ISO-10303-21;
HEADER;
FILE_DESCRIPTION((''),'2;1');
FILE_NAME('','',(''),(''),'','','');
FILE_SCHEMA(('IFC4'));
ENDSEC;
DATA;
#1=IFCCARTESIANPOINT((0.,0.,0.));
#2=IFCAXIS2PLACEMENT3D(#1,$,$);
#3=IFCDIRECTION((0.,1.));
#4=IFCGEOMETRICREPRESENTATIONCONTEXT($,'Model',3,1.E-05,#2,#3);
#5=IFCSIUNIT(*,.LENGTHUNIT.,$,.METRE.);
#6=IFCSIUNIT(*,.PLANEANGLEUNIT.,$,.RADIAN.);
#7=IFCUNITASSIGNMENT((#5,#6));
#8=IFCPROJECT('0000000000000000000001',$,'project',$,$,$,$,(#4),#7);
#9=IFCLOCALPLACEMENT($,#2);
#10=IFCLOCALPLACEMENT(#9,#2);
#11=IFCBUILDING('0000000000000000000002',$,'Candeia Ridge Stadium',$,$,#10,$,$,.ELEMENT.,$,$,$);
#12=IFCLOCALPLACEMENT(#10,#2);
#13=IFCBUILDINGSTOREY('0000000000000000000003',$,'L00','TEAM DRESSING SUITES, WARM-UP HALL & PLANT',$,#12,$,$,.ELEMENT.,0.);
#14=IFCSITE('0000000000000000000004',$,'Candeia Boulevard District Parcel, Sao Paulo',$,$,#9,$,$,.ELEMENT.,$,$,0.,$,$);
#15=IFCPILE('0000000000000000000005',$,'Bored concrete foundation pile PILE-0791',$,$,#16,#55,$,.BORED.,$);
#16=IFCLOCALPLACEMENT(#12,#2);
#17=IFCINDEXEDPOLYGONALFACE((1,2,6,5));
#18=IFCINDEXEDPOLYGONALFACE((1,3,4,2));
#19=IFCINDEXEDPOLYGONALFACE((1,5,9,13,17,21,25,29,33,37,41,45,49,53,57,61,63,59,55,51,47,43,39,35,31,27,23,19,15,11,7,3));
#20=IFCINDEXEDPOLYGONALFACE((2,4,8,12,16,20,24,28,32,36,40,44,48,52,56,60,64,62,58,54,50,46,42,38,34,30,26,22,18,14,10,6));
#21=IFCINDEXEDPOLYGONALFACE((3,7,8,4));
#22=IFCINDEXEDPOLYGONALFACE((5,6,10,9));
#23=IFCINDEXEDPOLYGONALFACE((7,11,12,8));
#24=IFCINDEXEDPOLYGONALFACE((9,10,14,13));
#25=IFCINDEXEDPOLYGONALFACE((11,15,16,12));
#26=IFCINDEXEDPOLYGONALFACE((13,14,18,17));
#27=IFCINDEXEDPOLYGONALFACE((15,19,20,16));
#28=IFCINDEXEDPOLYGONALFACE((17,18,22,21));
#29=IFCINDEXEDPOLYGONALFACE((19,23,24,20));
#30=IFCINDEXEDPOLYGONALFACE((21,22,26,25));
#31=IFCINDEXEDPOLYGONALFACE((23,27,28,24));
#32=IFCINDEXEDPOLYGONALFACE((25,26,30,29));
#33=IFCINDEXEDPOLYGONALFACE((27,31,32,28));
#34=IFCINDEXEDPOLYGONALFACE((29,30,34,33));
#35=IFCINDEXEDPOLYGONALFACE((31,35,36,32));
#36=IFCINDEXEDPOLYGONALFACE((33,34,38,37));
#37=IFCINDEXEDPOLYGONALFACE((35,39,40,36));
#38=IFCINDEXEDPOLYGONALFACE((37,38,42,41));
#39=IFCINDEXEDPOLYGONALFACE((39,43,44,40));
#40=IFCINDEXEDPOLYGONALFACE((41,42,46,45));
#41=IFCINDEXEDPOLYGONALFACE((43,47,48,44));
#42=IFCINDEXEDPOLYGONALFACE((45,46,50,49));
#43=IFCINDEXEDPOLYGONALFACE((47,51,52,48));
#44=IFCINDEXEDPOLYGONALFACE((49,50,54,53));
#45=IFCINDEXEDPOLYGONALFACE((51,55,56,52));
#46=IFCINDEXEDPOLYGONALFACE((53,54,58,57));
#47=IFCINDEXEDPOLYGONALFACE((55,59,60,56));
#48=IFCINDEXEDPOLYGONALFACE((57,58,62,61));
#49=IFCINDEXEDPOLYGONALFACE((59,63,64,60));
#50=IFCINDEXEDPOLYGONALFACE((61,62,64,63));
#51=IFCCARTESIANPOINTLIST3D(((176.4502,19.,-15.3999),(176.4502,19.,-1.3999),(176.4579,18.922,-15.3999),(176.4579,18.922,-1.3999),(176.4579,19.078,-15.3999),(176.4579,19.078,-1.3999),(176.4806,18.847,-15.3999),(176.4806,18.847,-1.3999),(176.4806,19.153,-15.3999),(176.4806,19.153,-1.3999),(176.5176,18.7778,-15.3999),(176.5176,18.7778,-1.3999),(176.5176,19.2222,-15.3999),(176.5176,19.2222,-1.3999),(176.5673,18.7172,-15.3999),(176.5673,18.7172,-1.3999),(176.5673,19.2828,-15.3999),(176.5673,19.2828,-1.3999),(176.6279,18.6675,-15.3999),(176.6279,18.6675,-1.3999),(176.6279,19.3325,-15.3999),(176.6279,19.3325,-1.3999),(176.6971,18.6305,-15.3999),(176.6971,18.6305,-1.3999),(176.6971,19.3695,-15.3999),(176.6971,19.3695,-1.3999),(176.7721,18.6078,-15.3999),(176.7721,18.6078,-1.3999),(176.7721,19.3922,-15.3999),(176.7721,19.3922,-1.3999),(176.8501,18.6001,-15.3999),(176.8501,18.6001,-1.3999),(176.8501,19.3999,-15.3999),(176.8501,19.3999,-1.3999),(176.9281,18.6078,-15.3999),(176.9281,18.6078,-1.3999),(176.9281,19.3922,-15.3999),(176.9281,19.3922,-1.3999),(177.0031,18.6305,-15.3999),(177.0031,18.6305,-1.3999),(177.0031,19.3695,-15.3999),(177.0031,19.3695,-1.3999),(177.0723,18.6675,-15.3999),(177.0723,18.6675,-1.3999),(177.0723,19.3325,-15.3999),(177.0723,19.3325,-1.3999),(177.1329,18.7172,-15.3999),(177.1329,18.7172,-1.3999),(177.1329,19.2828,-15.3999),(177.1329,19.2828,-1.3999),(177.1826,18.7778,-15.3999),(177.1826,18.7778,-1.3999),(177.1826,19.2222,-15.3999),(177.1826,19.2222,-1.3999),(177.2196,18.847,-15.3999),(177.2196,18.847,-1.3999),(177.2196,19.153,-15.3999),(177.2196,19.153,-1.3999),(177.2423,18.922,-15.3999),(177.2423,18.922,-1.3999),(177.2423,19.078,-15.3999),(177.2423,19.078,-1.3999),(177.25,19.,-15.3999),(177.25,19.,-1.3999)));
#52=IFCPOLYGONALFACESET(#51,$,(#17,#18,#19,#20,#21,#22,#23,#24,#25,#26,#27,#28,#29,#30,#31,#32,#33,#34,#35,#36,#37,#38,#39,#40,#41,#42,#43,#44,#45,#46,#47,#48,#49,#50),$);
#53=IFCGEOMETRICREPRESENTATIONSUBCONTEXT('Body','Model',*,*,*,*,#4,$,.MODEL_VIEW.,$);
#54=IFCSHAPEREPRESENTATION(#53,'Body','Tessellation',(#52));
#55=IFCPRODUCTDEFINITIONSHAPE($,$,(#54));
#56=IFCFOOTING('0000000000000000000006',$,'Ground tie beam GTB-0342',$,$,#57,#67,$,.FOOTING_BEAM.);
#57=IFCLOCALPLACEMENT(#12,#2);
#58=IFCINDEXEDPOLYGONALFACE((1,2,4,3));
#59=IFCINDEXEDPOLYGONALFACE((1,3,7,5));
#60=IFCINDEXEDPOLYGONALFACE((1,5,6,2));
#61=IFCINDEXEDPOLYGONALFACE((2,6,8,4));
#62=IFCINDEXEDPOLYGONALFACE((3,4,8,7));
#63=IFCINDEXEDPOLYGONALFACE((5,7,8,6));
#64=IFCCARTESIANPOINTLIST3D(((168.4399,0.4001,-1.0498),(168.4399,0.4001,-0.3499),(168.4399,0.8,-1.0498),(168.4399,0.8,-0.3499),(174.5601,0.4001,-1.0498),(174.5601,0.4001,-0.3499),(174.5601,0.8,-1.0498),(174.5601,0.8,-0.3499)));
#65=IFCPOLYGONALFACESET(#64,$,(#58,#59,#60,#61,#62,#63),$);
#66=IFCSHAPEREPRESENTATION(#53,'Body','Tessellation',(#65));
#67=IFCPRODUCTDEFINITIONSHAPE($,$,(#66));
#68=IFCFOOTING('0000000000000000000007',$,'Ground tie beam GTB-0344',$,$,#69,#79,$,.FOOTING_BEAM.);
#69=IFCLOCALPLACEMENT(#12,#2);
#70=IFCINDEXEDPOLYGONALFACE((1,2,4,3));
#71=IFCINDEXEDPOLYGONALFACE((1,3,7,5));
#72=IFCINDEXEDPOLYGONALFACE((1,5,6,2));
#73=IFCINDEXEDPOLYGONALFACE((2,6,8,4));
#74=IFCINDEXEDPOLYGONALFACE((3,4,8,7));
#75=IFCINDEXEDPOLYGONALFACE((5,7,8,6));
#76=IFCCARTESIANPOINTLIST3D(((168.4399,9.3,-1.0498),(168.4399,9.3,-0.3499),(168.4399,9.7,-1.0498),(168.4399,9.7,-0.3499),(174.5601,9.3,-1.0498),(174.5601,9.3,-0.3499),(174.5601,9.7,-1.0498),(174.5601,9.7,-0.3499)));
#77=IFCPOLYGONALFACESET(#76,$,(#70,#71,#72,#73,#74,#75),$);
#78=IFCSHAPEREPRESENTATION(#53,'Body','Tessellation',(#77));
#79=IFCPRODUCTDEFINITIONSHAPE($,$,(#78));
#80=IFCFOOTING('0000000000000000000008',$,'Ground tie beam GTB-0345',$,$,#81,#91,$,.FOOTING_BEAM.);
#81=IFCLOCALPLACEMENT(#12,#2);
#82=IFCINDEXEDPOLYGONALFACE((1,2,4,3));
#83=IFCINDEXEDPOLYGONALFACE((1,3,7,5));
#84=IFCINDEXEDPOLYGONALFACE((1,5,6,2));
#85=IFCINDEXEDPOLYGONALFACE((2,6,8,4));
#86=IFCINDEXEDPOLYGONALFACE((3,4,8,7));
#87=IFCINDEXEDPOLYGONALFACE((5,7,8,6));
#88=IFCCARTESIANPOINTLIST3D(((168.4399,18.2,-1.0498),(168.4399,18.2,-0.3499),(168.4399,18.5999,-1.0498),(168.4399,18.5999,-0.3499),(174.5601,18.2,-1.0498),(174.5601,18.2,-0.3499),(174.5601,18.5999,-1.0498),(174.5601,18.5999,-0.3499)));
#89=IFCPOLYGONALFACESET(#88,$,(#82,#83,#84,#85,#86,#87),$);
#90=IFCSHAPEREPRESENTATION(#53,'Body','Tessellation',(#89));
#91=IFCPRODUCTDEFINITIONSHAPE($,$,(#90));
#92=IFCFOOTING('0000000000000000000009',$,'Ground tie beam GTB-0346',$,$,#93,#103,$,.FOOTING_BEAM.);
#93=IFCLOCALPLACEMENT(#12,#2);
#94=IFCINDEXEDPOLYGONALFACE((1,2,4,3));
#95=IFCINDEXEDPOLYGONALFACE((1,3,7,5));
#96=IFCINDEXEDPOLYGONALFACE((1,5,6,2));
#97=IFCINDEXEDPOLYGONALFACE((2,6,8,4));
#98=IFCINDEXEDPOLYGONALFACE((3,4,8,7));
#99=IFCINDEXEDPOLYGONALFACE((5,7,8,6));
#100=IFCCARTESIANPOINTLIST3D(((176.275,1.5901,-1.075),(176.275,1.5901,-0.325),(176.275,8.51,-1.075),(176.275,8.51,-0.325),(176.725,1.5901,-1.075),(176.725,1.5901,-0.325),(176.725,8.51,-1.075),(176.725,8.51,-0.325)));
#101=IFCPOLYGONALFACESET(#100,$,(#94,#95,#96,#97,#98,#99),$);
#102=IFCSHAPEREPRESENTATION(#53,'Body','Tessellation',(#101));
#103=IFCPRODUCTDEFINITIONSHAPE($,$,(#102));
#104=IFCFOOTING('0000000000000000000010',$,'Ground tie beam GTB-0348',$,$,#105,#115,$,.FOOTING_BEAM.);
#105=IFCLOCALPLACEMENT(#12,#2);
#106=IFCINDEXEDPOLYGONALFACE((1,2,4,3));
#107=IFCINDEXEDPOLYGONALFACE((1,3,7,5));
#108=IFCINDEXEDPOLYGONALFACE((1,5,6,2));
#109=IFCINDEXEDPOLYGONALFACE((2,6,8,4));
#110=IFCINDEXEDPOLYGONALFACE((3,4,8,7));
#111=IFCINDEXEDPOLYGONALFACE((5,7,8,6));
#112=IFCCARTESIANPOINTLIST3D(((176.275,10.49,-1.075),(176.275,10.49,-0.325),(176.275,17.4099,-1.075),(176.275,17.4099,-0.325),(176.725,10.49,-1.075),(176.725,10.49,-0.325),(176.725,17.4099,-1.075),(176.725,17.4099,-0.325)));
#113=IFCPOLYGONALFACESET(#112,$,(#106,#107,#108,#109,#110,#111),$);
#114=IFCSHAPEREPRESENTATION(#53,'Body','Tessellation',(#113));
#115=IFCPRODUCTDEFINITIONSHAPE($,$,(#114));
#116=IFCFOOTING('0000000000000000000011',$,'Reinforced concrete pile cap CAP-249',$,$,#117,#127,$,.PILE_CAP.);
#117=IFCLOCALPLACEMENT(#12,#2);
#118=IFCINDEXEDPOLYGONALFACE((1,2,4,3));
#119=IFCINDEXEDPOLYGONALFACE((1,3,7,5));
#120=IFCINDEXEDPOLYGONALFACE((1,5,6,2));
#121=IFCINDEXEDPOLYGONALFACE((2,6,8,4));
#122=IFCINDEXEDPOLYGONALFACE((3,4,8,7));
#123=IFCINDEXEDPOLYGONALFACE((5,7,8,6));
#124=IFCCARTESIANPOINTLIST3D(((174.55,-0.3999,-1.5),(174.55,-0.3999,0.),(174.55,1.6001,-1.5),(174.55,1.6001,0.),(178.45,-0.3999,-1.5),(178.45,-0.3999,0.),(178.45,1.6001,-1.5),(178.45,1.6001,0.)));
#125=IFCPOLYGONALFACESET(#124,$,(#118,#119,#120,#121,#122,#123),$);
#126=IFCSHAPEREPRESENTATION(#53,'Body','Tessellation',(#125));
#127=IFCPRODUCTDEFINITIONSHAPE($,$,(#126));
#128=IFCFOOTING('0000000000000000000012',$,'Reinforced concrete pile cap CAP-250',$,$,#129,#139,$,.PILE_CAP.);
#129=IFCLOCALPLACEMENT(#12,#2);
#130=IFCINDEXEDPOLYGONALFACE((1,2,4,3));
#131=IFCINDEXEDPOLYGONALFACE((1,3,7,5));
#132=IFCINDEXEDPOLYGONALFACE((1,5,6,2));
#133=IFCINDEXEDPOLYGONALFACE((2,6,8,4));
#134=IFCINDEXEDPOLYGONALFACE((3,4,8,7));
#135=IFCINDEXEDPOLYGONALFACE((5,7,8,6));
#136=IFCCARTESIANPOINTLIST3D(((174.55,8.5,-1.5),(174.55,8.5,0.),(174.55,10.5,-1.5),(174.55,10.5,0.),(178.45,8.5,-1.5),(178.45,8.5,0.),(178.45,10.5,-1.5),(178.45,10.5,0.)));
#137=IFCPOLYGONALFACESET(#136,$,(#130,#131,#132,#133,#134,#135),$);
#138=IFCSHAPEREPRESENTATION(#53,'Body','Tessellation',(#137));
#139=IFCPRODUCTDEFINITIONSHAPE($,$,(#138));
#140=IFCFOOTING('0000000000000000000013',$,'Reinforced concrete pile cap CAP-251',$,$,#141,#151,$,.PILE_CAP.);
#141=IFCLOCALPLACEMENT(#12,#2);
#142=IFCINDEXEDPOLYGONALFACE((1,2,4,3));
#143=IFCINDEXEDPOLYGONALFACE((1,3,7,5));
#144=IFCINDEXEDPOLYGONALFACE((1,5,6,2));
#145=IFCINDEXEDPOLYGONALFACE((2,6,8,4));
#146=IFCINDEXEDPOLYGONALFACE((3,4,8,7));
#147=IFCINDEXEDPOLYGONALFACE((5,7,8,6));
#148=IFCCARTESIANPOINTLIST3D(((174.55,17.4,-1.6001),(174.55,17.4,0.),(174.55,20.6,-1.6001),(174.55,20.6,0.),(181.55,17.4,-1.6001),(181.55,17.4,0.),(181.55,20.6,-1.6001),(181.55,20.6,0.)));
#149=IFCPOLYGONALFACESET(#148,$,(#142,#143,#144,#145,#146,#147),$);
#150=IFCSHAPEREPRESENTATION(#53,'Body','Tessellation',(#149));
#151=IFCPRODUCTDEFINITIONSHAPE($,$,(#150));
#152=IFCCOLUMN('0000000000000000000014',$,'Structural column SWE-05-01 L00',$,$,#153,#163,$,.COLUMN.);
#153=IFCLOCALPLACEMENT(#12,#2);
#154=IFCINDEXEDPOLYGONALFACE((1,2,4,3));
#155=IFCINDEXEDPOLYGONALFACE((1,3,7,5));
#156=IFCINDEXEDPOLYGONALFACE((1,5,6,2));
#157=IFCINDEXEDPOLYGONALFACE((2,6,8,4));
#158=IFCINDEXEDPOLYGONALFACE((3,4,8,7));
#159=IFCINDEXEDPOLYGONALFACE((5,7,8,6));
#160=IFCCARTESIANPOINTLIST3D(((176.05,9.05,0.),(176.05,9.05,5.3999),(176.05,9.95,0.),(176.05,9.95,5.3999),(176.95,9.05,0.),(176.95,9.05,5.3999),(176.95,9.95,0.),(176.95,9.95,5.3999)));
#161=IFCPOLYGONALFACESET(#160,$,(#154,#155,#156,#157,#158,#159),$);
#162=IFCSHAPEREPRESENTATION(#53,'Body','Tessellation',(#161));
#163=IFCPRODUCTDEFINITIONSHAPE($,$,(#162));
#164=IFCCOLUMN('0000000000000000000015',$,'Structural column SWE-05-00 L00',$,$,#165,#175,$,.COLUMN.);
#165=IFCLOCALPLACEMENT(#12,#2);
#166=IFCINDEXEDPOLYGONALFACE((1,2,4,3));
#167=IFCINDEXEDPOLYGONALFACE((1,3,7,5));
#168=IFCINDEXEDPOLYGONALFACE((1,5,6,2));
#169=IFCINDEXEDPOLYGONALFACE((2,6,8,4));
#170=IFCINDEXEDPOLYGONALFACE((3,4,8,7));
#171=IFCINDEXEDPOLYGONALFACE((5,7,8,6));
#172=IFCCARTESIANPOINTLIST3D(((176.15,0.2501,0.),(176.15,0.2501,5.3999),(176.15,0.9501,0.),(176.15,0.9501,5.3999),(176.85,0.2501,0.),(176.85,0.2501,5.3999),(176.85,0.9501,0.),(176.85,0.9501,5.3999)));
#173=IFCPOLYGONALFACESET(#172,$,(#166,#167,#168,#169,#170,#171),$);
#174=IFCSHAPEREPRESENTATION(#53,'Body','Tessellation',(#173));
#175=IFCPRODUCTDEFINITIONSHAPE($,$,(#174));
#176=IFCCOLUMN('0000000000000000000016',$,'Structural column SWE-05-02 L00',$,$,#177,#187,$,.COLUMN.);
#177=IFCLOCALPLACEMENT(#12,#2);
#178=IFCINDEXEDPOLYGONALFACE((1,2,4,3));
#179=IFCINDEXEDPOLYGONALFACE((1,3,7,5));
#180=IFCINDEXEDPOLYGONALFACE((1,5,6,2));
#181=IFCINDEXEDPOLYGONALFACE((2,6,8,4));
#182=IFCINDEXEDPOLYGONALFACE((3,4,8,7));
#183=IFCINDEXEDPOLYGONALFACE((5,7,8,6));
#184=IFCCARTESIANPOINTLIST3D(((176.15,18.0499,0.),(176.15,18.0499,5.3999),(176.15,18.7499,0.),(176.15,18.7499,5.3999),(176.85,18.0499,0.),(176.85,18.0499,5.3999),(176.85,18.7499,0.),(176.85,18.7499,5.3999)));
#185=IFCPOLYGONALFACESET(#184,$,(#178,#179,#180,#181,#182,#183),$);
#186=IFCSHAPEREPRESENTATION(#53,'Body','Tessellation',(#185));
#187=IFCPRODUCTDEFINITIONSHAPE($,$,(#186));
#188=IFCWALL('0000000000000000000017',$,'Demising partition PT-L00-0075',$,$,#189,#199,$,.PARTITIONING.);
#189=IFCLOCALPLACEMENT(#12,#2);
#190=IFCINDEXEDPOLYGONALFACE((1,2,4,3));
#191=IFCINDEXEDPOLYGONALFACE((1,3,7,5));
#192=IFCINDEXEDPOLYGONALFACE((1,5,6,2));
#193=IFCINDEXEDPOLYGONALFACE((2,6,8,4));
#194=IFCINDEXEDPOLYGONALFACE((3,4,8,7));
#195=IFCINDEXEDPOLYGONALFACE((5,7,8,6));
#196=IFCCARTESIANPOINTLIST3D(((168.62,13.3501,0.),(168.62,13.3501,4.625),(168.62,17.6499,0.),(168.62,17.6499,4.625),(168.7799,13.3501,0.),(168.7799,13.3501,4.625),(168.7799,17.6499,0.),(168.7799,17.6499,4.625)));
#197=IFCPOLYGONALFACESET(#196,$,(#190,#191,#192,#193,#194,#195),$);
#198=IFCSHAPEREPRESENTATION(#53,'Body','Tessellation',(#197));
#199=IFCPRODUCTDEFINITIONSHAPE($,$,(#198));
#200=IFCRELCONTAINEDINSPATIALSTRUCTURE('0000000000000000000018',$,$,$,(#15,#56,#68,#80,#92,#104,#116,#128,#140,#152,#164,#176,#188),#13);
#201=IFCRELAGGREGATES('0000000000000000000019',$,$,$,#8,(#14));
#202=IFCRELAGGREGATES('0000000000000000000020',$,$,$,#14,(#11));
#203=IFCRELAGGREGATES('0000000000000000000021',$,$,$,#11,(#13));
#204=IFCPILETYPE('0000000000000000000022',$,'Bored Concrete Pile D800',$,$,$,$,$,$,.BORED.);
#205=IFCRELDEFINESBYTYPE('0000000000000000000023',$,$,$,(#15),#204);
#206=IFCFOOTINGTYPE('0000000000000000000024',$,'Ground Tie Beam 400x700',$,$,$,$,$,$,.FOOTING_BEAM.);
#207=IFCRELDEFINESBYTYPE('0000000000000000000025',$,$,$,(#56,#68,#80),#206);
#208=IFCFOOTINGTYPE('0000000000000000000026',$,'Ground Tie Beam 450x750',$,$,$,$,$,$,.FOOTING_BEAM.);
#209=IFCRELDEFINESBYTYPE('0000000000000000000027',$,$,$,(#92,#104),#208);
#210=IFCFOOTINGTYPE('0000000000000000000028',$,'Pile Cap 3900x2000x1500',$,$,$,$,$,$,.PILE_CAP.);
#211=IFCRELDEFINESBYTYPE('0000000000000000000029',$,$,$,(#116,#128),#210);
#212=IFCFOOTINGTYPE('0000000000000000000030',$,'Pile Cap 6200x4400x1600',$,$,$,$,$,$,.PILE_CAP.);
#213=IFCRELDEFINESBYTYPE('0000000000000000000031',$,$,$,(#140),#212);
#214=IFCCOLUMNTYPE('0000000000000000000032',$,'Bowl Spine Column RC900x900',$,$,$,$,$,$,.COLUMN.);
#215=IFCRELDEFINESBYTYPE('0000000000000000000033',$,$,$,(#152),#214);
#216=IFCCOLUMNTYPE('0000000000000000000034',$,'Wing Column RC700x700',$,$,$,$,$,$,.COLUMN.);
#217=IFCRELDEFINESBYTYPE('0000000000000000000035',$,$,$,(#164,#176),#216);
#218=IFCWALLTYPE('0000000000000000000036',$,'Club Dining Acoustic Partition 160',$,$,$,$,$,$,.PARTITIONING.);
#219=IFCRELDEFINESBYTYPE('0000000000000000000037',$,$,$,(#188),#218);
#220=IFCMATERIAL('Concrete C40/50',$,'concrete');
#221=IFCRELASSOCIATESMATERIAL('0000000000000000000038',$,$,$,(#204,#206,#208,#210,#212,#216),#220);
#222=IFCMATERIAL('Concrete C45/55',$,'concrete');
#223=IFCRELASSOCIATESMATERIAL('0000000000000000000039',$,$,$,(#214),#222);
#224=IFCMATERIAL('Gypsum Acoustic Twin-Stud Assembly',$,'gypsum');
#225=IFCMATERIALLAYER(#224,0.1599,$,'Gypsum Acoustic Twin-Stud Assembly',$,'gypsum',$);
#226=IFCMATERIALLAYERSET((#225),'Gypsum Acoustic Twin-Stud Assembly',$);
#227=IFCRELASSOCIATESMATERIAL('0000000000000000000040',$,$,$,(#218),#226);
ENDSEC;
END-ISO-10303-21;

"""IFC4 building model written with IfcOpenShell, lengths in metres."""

from ifc_helpers import new_model, si_unit, direction, frame, frame_2d, origin, origin_2d, place, context, subcontext, project, spatial, rectangle, circle, extrude, material, layer, layer_set, material_profile, profile_set, type_object, element, save


model = new_model("IFC4")

# Units and contexts
model_context = context("Model", 3, precision=1e-05, world=origin(), true_north=direction((0.0, 1.0)))
body_context = subcontext(model_context, "Body", "Model", "MODEL_VIEW")
ifc_project = project(units=[si_unit("LENGTHUNIT", "METRE"), si_unit("PLANEANGLEUNIT", "RADIAN")], contexts=[model_context])

# Site, building, storey
site_placement = place(None, origin())
site = spatial("IfcSite", under=ifc_project, at=site_placement, Name="Candeia Boulevard District Parcel, Sao Paulo", CompositionType="ELEMENT", RefElevation=0.0)
building_placement = place(site_placement, origin())
building = spatial("IfcBuilding", under=site, at=building_placement, Name="Candeia Ridge Stadium", CompositionType="ELEMENT")
storey_placement = place(building_placement, origin())
storey = spatial("IfcBuildingStorey", under=building, at=storey_placement, Name="L00", Description="TEAM DRESSING SUITES, WARM-UP HALL & PLANT", CompositionType="ELEMENT", Elevation=0.0)

# Pile
ifc_material_1 = material(Name="Concrete C40/50", Category="concrete")
ifc_material_profile_1 = material_profile(ifc_material_1, circle(Radius=0.3999, at=origin_2d()), Name="PILE-D800", Category="concrete")
ifc_profile_set_1 = profile_set([ifc_material_profile_1], Name="Concrete C40/50")
pile_type = type_object("IfcPileType", Name="Bored Concrete Pile D800", PredefinedType="BORED", material=ifc_profile_set_1)
for number, where, z_axis, x_axis, name in (
    (1, (176.8501, 19.0, -1.3999), (0.0, 0.0, -1.0), (1.0, 0.0, 0.0), "Bored concrete foundation pile PILE-0791"),
):
    element("IfcPile", number, at=place(storey_placement, frame(where, z_axis=z_axis, x_axis=x_axis)), inside=storey, type_object=pile_type, Name=name, PredefinedType="BORED", context=body_context, shape_type="SweptSolid", body=[
        extrude(circle(Radius=0.3999, at=origin_2d()), origin(), (0.0, 0.0, 1.0), 14.0),
    ])

# Footings
footing_type_1 = type_object("IfcFootingType", Name="Ground Tie Beam 400x700", PredefinedType="FOOTING_BEAM", material=ifc_material_1)
for number, where, z_axis, x_axis, name in (
    (2, (171.5, 0.6001, -1.0498), (0.0, 0.0, 1.0), (1.0, 0.0, 0.0), "Ground tie beam GTB-0342"),
    (3, (171.5, 9.5, -1.0498), (0.0, 0.0, 1.0), (1.0, 0.0, 0.0), "Ground tie beam GTB-0344"),
    (4, (171.5, 18.3999, -1.0498), (0.0, 0.0, 1.0), (1.0, 0.0, 0.0), "Ground tie beam GTB-0345"),
):
    element("IfcFooting", number, at=place(storey_placement, frame(where, z_axis=z_axis, x_axis=x_axis)), inside=storey, type_object=footing_type_1, Name=name, PredefinedType="FOOTING_BEAM", context=body_context, shape_type="SweptSolid", body=[
        extrude(rectangle(XDim=6.1201, YDim=0.3999, at=origin_2d()), origin(), (0.0, 0.0, 1.0), 0.7),
    ])
footing_type_2 = type_object("IfcFootingType", Name="Ground Tie Beam 450x750", PredefinedType="FOOTING_BEAM", material=ifc_material_1)
for number, where, z_axis, x_axis, name in (
    (5, (176.5, 5.05, -1.075), (0.0, 0.0, 1.0), (0.0, 1.0, 0.0), "Ground tie beam GTB-0346"),
    (6, (176.5, 13.95, -1.075), (0.0, 0.0, 1.0), (0.0, 1.0, 0.0), "Ground tie beam GTB-0348"),
):
    element("IfcFooting", number, at=place(storey_placement, frame(where, z_axis=z_axis, x_axis=x_axis)), inside=storey, type_object=footing_type_2, Name=name, PredefinedType="FOOTING_BEAM", context=body_context, shape_type="SweptSolid", body=[
        extrude(rectangle(XDim=6.9199, YDim=0.45, at=origin_2d()), origin(), (0.0, 0.0, 1.0), 0.75),
    ])
footing_type_3 = type_object("IfcFootingType", Name="Pile Cap 3900x2000x1500", PredefinedType="PILE_CAP", material=ifc_material_1)
for number, where, z_axis, x_axis, name in (
    (7, (176.5, 0.6001, -1.5), (0.0, 0.0, 1.0), (1.0, 0.0, 0.0), "Reinforced concrete pile cap CAP-249"),
    (8, (176.5, 9.5, -1.5), (0.0, 0.0, 1.0), (1.0, 0.0, 0.0), "Reinforced concrete pile cap CAP-250"),
):
    element("IfcFooting", number, at=place(storey_placement, frame(where, z_axis=z_axis, x_axis=x_axis)), inside=storey, type_object=footing_type_3, Name=name, PredefinedType="PILE_CAP", context=body_context, shape_type="SweptSolid", body=[
        extrude(rectangle(XDim=3.8999, YDim=2.0, at=origin_2d()), origin(), (0.0, 0.0, 1.0), 1.5),
    ])
footing_type_4 = type_object("IfcFootingType", Name="Pile Cap 6200x4400x1600", PredefinedType="PILE_CAP", material=ifc_material_1)
footing_placement = place(storey_placement, frame((178.05, 19.0, -1.6001), z_axis=(0.0, 0.0, 1.0), x_axis=(1.0, 0.0, 0.0)))
element("IfcFooting", 9, at=footing_placement, inside=storey, type_object=footing_type_4, Name="Reinforced concrete pile cap CAP-251", PredefinedType="PILE_CAP", context=body_context, shape_type="SweptSolid", body=[
    extrude(rectangle(XDim=7.0, YDim=3.2, at=origin_2d()), origin(), (0.0, 0.0, 1.0), 1.6001),
])

# Columns
ifc_material_2 = material(Name="Concrete C45/55", Category="concrete")
ifc_material_profile_2 = material_profile(ifc_material_2, rectangle(XDim=0.8999, YDim=0.8999, at=origin_2d()), Name="RC900x900", Category="concrete")
ifc_profile_set_2 = profile_set([ifc_material_profile_2], Name="Concrete C45/55")
column_type_1 = type_object("IfcColumnType", Name="Bowl Spine Column RC900x900", PredefinedType="COLUMN", material=ifc_profile_set_2)
column_placement = place(storey_placement, frame((176.5, 9.5, 0.0), z_axis=(0.0, 0.0, 1.0), x_axis=(1.0, 0.0, 0.0)))
element("IfcColumn", 10, at=column_placement, inside=storey, type_object=column_type_1, Name="Structural column SWE-05-01 L00", PredefinedType="COLUMN", context=body_context, shape_type="SweptSolid", body=[
    extrude(rectangle(XDim=0.8999, YDim=0.8999, at=origin_2d()), origin(), (0.0, 0.0, 1.0), 5.3999),
])
ifc_material_profile_3 = material_profile(ifc_material_1, rectangle(XDim=0.7, YDim=0.7, at=origin_2d()), Name="RC700x700", Category="concrete")
ifc_profile_set_3 = profile_set([ifc_material_profile_3], Name="Concrete C40/50")
column_type_2 = type_object("IfcColumnType", Name="Wing Column RC700x700", PredefinedType="COLUMN", material=ifc_profile_set_3)
for number, where, z_axis, x_axis, name in (
    (11, (176.5, 0.6001, 0.0), (0.0, 0.0, 1.0), (1.0, 0.0, 0.0), "Structural column SWE-05-00 L00"),
    (12, (176.5, 18.3999, 0.0), (0.0, 0.0, 1.0), (1.0, 0.0, 0.0), "Structural column SWE-05-02 L00"),
):
    element("IfcColumn", number, at=place(storey_placement, frame(where, z_axis=z_axis, x_axis=x_axis)), inside=storey, type_object=column_type_2, Name=name, PredefinedType="COLUMN", context=body_context, shape_type="SweptSolid", body=[
        extrude(rectangle(XDim=0.7, YDim=0.7, at=origin_2d()), origin(), (0.0, 0.0, 1.0), 5.3999),
    ])

# Wall
ifc_material_3 = material(Name="Gypsum Acoustic Twin-Stud Assembly", Category="gypsum")
ifc_layer_1 = layer(ifc_material_3, 0.1599, Name="Gypsum Acoustic Twin-Stud Assembly", Category="gypsum")
ifc_layer_set_1 = layer_set([ifc_layer_1], Name="Gypsum Acoustic Twin-Stud Assembly")
wall_type_1 = type_object("IfcWallType", Name="Club Dining Acoustic Partition 160", PredefinedType="PARTITIONING", material=ifc_layer_set_1)
wall_1_placement = place(storey_placement, frame((168.7, 13.3501, 0.0), z_axis=(0.0, 0.0, 1.0), x_axis=(0.0, 1.0, 0.0)))
element("IfcWall", 13, at=wall_1_placement, inside=storey, type_object=wall_type_1, Name="Demising partition PT-L00-0075", PredefinedType="PARTITIONING", context=body_context, shape_type="SweptSolid", body=[
    extrude(rectangle(XDim=4.2998, YDim=0.1599, at=frame_2d((2.1499, 0.0))), origin(), (0.0, 0.0, 1.0), 4.625),
])

save(model, "model.ifc")
